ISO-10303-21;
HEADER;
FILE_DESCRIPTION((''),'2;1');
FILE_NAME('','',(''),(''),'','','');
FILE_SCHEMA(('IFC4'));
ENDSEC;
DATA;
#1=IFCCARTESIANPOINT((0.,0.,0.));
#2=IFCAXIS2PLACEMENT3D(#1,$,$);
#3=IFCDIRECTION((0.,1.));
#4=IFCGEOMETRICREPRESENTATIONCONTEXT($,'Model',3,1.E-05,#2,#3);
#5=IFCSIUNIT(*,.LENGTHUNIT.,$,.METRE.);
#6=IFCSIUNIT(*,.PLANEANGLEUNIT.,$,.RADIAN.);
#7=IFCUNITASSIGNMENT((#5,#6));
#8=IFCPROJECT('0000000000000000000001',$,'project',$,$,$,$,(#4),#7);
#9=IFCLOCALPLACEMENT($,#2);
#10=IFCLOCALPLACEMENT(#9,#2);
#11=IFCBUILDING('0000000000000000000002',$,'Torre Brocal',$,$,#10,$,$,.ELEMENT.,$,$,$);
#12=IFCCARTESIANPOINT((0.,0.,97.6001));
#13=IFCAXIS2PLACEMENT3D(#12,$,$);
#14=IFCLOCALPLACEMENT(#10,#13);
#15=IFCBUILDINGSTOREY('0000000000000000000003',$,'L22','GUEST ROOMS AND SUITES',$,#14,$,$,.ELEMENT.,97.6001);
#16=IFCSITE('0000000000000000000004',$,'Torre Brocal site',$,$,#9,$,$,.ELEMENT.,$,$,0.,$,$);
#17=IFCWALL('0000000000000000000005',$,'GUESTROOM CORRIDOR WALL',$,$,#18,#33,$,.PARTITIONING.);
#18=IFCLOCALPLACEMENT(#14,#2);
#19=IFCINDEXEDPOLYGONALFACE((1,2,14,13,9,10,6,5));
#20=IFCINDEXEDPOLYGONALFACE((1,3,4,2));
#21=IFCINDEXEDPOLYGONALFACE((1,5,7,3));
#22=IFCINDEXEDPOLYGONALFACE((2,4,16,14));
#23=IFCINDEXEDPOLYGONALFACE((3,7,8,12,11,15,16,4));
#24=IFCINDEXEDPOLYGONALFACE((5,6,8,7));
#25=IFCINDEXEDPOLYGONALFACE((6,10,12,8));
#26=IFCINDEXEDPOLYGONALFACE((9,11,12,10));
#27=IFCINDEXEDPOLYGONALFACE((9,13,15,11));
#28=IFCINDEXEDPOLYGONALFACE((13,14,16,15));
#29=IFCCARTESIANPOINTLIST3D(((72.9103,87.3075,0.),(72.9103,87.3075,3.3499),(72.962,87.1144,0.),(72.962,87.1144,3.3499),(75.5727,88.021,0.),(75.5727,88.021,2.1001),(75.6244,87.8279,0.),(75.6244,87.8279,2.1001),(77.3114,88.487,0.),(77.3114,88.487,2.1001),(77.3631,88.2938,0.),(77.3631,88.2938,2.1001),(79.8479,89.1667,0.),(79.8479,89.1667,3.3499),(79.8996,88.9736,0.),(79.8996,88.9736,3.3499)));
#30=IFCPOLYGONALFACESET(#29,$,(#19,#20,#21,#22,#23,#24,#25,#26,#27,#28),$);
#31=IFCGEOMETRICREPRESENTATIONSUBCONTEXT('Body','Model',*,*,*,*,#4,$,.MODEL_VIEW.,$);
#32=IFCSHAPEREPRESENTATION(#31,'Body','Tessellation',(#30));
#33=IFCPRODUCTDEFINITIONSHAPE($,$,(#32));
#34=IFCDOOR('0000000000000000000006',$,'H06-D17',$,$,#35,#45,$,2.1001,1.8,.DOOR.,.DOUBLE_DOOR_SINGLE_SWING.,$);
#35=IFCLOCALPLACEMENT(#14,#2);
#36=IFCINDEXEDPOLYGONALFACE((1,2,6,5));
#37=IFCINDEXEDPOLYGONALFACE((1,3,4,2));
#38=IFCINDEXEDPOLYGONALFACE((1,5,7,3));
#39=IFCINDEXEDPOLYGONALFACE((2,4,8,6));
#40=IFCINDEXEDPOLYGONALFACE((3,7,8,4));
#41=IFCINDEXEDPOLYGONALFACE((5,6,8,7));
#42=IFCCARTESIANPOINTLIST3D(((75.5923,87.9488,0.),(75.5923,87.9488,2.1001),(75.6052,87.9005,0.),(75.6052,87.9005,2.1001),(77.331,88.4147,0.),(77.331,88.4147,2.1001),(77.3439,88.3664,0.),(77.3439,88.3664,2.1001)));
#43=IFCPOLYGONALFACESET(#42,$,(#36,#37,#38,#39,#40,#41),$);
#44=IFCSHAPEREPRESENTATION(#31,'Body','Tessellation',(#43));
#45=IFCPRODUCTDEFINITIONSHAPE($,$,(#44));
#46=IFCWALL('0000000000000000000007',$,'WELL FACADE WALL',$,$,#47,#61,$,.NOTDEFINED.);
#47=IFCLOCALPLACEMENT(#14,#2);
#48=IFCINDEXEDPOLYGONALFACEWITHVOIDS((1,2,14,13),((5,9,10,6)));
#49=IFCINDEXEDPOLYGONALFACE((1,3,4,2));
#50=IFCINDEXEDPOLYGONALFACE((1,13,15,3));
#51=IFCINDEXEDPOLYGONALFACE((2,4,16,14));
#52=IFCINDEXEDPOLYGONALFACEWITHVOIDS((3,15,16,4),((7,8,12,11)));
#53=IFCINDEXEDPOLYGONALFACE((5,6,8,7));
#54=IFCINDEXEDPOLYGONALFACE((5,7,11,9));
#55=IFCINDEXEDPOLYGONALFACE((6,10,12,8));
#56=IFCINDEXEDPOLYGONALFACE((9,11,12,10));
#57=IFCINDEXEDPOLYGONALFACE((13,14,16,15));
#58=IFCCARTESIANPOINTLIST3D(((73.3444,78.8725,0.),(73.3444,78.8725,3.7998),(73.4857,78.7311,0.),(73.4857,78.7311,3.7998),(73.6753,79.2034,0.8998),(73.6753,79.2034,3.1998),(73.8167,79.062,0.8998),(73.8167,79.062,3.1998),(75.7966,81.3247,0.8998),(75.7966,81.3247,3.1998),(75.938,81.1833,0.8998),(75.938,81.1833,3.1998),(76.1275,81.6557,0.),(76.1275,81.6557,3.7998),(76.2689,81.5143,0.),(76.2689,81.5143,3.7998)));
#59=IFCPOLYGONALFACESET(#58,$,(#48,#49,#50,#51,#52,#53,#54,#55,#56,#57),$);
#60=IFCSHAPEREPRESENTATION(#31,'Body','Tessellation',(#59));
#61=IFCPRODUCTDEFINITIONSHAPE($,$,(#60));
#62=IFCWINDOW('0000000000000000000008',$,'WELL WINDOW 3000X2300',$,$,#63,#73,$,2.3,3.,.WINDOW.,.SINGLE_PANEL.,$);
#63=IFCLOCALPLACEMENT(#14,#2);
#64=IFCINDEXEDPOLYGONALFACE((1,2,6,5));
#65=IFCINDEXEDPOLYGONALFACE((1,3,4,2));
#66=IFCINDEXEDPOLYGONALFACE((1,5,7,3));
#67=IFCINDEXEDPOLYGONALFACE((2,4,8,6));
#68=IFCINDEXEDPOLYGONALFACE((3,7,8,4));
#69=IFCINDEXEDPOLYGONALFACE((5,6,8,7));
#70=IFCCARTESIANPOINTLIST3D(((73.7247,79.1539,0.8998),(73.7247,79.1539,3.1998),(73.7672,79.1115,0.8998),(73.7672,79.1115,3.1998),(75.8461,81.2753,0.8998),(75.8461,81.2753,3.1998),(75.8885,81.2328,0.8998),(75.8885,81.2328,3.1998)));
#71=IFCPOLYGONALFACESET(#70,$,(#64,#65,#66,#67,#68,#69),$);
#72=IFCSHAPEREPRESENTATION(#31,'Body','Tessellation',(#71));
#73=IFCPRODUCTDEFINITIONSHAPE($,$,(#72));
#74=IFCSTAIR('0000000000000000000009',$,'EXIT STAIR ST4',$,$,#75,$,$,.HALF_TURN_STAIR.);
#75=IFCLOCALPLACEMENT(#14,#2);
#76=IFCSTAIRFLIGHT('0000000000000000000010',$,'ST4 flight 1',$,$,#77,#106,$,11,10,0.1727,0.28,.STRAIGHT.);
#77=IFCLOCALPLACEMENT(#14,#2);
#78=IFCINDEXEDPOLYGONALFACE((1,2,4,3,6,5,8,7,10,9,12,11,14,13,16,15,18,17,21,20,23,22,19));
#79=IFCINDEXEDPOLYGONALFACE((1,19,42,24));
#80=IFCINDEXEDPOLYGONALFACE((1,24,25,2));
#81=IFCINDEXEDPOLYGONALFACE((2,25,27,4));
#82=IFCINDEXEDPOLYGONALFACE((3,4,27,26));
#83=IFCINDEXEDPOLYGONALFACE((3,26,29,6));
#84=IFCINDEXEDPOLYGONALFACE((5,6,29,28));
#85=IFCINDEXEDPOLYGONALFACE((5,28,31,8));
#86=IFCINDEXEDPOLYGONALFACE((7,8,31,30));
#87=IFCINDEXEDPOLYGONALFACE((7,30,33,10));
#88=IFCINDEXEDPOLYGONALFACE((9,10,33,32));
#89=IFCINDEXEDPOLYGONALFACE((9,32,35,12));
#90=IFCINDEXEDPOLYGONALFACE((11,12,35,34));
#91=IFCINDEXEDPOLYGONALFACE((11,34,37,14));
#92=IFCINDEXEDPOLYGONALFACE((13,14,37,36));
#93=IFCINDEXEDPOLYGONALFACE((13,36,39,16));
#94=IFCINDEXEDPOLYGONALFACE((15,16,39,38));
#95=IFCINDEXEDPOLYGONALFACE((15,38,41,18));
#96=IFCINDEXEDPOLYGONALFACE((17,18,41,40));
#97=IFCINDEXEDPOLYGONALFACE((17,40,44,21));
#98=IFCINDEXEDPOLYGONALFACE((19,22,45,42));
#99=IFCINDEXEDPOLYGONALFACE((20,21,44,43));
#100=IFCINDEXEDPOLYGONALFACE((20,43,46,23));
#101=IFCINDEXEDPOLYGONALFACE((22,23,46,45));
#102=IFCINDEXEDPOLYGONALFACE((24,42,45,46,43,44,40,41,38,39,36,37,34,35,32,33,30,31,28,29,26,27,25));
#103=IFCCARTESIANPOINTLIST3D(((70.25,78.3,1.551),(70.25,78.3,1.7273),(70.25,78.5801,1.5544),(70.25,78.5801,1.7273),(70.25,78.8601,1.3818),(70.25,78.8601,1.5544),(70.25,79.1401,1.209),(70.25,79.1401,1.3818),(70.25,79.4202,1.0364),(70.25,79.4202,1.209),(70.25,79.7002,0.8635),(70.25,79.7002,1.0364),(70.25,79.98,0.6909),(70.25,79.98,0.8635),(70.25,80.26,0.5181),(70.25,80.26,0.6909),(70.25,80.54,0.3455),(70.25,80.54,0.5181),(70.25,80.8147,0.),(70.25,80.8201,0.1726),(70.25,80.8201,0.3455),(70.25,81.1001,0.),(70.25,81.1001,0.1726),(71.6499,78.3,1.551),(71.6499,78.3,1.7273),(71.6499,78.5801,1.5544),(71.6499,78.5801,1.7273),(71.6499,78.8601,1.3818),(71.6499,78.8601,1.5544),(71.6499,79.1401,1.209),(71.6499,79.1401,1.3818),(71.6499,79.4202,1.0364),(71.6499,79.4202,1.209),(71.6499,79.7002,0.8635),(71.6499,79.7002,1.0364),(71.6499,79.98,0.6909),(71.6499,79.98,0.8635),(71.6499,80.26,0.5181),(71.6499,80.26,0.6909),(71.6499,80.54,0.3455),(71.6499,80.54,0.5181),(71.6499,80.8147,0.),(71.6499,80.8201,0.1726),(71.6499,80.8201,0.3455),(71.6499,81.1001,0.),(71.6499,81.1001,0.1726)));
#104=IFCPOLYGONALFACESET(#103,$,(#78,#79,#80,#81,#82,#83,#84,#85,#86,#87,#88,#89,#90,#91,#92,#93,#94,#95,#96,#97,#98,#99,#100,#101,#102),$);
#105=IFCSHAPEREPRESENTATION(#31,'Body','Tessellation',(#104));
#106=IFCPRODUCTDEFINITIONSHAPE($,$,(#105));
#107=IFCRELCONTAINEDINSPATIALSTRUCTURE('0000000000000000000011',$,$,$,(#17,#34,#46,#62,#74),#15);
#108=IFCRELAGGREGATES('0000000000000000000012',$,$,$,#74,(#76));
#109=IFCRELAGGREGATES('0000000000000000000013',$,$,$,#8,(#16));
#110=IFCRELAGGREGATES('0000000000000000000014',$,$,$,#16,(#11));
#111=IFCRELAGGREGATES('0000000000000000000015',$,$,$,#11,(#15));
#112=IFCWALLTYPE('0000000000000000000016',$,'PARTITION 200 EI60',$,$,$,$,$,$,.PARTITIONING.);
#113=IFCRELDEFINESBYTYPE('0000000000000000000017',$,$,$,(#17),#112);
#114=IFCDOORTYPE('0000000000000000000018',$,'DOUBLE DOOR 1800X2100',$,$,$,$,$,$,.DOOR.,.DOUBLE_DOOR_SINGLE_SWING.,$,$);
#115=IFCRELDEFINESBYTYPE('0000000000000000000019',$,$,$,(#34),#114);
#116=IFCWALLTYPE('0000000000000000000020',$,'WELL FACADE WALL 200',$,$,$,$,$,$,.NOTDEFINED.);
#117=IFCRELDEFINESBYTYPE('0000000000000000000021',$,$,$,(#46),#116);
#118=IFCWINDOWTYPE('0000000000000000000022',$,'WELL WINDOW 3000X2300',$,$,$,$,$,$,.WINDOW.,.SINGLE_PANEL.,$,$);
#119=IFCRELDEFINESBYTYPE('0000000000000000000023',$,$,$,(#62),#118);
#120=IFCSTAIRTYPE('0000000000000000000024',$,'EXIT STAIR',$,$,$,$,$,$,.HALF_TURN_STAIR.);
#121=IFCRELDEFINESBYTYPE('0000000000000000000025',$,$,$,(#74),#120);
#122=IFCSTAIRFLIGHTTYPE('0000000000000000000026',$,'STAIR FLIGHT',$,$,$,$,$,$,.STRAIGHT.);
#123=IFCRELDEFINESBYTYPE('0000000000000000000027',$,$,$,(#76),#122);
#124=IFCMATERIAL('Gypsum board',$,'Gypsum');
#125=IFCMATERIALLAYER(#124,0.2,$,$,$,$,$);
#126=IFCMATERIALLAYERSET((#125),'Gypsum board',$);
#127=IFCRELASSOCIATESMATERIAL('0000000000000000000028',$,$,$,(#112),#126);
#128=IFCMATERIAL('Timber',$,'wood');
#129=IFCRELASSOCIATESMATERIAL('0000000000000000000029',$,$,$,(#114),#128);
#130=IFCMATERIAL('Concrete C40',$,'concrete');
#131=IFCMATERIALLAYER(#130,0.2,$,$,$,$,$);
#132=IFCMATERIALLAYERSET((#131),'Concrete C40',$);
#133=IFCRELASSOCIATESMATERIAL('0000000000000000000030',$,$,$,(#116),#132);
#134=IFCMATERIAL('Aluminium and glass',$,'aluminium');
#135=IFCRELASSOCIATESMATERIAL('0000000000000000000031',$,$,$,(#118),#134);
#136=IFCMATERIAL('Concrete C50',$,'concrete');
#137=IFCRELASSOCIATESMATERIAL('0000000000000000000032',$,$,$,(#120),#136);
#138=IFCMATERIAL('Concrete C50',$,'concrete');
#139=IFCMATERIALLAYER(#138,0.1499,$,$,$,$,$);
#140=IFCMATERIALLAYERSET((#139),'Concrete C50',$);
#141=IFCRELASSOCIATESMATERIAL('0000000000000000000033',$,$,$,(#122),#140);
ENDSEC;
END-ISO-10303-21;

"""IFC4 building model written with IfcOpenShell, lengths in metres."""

from ifc_helpers import new_model, si_unit, direction, frame, frame_2d, origin, place, context, subcontext, project, spatial, polyline, rectangle, outline, extrude, material, layer, layer_set, type_object, element, fill, aggregate, save


model = new_model("IFC4")

# Units and contexts
model_context = context("Model", 3, precision=1e-05, world=origin(), true_north=direction((0.0, 1.0)))
body_context = subcontext(model_context, "Body", "Model", "MODEL_VIEW")
ifc_project = project(units=[si_unit("LENGTHUNIT", "METRE"), si_unit("PLANEANGLEUNIT", "RADIAN")], contexts=[model_context])

# Site, building, storey
site_placement = place(None, origin())
site = spatial("IfcSite", under=ifc_project, at=site_placement, Name="Torre Brocal site", CompositionType="ELEMENT", RefElevation=0.0)
building_placement = place(site_placement, origin())
building = spatial("IfcBuilding", under=site, at=building_placement, Name="Torre Brocal", CompositionType="ELEMENT")
storey_placement = place(building_placement, frame((0.0, 0.0, 97.6001)))
storey = spatial("IfcBuildingStorey", under=building, at=storey_placement, Name="L22", Description="GUEST ROOMS AND SUITES", CompositionType="ELEMENT", Elevation=97.6001)

# Shared definitions
ifc_material_1 = material(Name="Gypsum board", Category="Gypsum")
ifc_layer_1 = layer(ifc_material_1, 0.2)
ifc_layer_set_1 = layer_set([ifc_layer_1], Name="Gypsum board")
wall_type_1 = type_object("IfcWallType", Name="PARTITION 200 EI60", PredefinedType="PARTITIONING", material=ifc_layer_set_1)

# Wall, opening, door
wall_1_placement = place(storey_placement, frame((72.936, 87.2109, 0.0), z_axis=(0.0, 0.0, 1.0), x_axis=(0.965918, 0.258849, 0.0)))
wall_1 = element("IfcWall", 1, at=wall_1_placement, inside=storey, type_object=wall_type_1, Name="GUESTROOM CORRIDOR WALL", PredefinedType="PARTITIONING", context=body_context, shape_type="SweptSolid", body=[
    extrude(rectangle(XDim=7.1824, YDim=0.2, at=frame_2d((3.5913, 0.0))), origin(), (0.0, 0.0, 1.0), 3.3499),
])
opening_1_placement = place(wall_1_placement, frame((2.7566, 0.0, 0.0)))
opening_1 = element("IfcOpeningElement", 2, at=opening_1_placement, cuts=wall_1, PredefinedType="OPENING", context=body_context, shape_type="SweptSolid", body=[
    extrude(rectangle(XDim=1.8, YDim=2.1001, at=frame_2d((0.8999, 1.05))), frame((0.0, 0.1099, 0.0), z_axis=(0.0, -1.0, 0.0), x_axis=(1.0, 0.0, 0.0)), (0.0, 0.0, 1.0), 0.22),
])
ifc_material_2 = material(Name="Timber", Category="wood")
door_type_1 = type_object("IfcDoorType", Name="DOUBLE DOOR 1800X2100", OperationType="DOUBLE_DOOR_SINGLE_SWING", PredefinedType="DOOR", material=ifc_material_2)
door_1_placement = place(opening_1_placement, frame((1.8, 0.0, 0.0), z_axis=(0.0, 0.0, 1.0), x_axis=(-1.0, 0.0, 0.0)))
door_1 = element("IfcDoor", 3, at=door_1_placement, inside=storey, type_object=door_type_1, Name="H06-D17", OperationType="DOUBLE_DOOR_SINGLE_SWING", OverallHeight=2.1001, OverallWidth=1.8, PredefinedType="DOOR", context=body_context, shape_type="SweptSolid", body=[
    extrude(rectangle(XDim=1.8, YDim=2.1001, at=frame_2d((0.8999, 1.05))), frame((0.0, 0.0249, 0.0), z_axis=(0.0, -1.0, 0.0), x_axis=(1.0, 0.0, 0.0)), (0.0, 0.0, 1.0), 0.05),
])
fill(opening_1, door_1)

# Wall, opening, window
ifc_material_3 = material(Name="Concrete C40", Category="concrete")
ifc_layer_2 = layer(ifc_material_3, 0.2)
ifc_layer_set_2 = layer_set([ifc_layer_2], Name="Concrete C40")
wall_type_2 = type_object("IfcWallType", Name="WELL FACADE WALL 200", PredefinedType="NOTDEFINED", material=ifc_layer_set_2)
wall_2_placement = place(storey_placement, frame((76.1982, 81.585, 0.0), z_axis=(0.0, 0.0, 1.0), x_axis=(-0.707107, -0.707107, 0.0)))
wall_2 = element("IfcWall", 4, at=wall_2_placement, inside=storey, type_object=wall_type_2, Name="WELL FACADE WALL", PredefinedType="NOTDEFINED", context=body_context, shape_type="SweptSolid", body=[
    extrude(rectangle(XDim=3.936, YDim=0.2, at=frame_2d((1.968, 0.0))), origin(), (0.0, 0.0, 1.0), 3.7998),
])
opening_2_placement = place(wall_2_placement, frame((0.468, 0.0, 0.8999)))
opening_2 = element("IfcOpeningElement", 5, at=opening_2_placement, cuts=wall_2, PredefinedType="OPENING", context=body_context, shape_type="SweptSolid", body=[
    extrude(rectangle(XDim=3.0, YDim=2.3, at=frame_2d((1.5, 1.1499))), frame((0.0, 0.1099, 0.0), z_axis=(0.0, -1.0, 0.0), x_axis=(1.0, 0.0, 0.0)), (0.0, 0.0, 1.0), 0.22),
])
ifc_material_4 = material(Name="Aluminium and glass", Category="aluminium")
window_type = type_object("IfcWindowType", Name="WELL WINDOW 3000X2300", PartitioningType="SINGLE_PANEL", PredefinedType="WINDOW", material=ifc_material_4)
window_placement = place(opening_2_placement, origin())
window = element("IfcWindow", 6, at=window_placement, inside=storey, type_object=window_type, Name="WELL WINDOW 3000X2300", OverallHeight=2.3, OverallWidth=3.0, PartitioningType="SINGLE_PANEL", PredefinedType="WINDOW", context=body_context, shape_type="SweptSolid", body=[
    extrude(rectangle(XDim=3.0, YDim=2.3, at=frame_2d((1.5, 1.1499))), frame((0.0, 0.03, 0.0), z_axis=(0.0, -1.0, 0.0), x_axis=(1.0, 0.0, 0.0)), (0.0, 0.0, 1.0), 0.0601),
])
fill(opening_2, window)

# Stair, stair flight
ifc_material_5 = material(Name="Concrete C50", Category="concrete")
stair_type = type_object("IfcStairType", Name="EXIT STAIR", PredefinedType="HALF_TURN_STAIR", material=ifc_material_5)
stair_placement = place(storey_placement, origin())
stair = element("IfcStair", 7, at=stair_placement, inside=storey, type_object=stair_type, Name="EXIT STAIR ST4", PredefinedType="HALF_TURN_STAIR")
ifc_material_6 = material(Name="Concrete C50", Category="concrete")
ifc_layer_3 = layer(ifc_material_6, 0.1499)
ifc_layer_set_3 = layer_set([ifc_layer_3], Name="Concrete C50")
stair_flight_type = type_object("IfcStairFlightType", Name="STAIR FLIGHT", PredefinedType="STRAIGHT", material=ifc_layer_set_3)
stair_flight_placement = place(storey_placement, frame((70.95, 81.1001, 0.0), z_axis=(0.0, 0.0, 1.0), x_axis=(0.0, -1.0, 0.0)))
stair_flight = element("IfcStairFlight", 8, at=stair_flight_placement, type_object=stair_flight_type, Name="ST4 flight 1", NumberOfRisers=11, NumberOfTreads=10, PredefinedType="STRAIGHT", RiserHeight=0.1727, TreadLength=0.28, context=body_context, shape_type="SweptSolid", body=[
    extrude(outline(polyline([(0.0, 0.0), (0.0, 0.1726), (0.28, 0.1726), (0.28, 0.3455), (0.5601, 0.3455), (0.5601, 0.5181), (0.8401, 0.5181), (0.8401, 0.6909), (1.1201, 0.6909), (1.1201, 0.8635), (1.3999, 0.8635), (1.3999, 1.0364), (1.6799, 1.0364), (1.6799, 1.209), (1.96, 1.209), (1.96, 1.3818), (2.24, 1.3818), (2.24, 1.5544), (2.52, 1.5544), (2.52, 1.7273), (2.8, 1.7273), (2.8, 1.8999), (2.8, 1.551), (0.2854, 0.0), (0.0, 0.0)])), frame((0.0, 0.7, 0.0), z_axis=(0.0, -1.0, 0.0), x_axis=(1.0, 0.0, 0.0)), (0.0, 0.0, 1.0), 1.3999),
])
aggregate(stair, [stair_flight])

save(model, "model.ifc")
